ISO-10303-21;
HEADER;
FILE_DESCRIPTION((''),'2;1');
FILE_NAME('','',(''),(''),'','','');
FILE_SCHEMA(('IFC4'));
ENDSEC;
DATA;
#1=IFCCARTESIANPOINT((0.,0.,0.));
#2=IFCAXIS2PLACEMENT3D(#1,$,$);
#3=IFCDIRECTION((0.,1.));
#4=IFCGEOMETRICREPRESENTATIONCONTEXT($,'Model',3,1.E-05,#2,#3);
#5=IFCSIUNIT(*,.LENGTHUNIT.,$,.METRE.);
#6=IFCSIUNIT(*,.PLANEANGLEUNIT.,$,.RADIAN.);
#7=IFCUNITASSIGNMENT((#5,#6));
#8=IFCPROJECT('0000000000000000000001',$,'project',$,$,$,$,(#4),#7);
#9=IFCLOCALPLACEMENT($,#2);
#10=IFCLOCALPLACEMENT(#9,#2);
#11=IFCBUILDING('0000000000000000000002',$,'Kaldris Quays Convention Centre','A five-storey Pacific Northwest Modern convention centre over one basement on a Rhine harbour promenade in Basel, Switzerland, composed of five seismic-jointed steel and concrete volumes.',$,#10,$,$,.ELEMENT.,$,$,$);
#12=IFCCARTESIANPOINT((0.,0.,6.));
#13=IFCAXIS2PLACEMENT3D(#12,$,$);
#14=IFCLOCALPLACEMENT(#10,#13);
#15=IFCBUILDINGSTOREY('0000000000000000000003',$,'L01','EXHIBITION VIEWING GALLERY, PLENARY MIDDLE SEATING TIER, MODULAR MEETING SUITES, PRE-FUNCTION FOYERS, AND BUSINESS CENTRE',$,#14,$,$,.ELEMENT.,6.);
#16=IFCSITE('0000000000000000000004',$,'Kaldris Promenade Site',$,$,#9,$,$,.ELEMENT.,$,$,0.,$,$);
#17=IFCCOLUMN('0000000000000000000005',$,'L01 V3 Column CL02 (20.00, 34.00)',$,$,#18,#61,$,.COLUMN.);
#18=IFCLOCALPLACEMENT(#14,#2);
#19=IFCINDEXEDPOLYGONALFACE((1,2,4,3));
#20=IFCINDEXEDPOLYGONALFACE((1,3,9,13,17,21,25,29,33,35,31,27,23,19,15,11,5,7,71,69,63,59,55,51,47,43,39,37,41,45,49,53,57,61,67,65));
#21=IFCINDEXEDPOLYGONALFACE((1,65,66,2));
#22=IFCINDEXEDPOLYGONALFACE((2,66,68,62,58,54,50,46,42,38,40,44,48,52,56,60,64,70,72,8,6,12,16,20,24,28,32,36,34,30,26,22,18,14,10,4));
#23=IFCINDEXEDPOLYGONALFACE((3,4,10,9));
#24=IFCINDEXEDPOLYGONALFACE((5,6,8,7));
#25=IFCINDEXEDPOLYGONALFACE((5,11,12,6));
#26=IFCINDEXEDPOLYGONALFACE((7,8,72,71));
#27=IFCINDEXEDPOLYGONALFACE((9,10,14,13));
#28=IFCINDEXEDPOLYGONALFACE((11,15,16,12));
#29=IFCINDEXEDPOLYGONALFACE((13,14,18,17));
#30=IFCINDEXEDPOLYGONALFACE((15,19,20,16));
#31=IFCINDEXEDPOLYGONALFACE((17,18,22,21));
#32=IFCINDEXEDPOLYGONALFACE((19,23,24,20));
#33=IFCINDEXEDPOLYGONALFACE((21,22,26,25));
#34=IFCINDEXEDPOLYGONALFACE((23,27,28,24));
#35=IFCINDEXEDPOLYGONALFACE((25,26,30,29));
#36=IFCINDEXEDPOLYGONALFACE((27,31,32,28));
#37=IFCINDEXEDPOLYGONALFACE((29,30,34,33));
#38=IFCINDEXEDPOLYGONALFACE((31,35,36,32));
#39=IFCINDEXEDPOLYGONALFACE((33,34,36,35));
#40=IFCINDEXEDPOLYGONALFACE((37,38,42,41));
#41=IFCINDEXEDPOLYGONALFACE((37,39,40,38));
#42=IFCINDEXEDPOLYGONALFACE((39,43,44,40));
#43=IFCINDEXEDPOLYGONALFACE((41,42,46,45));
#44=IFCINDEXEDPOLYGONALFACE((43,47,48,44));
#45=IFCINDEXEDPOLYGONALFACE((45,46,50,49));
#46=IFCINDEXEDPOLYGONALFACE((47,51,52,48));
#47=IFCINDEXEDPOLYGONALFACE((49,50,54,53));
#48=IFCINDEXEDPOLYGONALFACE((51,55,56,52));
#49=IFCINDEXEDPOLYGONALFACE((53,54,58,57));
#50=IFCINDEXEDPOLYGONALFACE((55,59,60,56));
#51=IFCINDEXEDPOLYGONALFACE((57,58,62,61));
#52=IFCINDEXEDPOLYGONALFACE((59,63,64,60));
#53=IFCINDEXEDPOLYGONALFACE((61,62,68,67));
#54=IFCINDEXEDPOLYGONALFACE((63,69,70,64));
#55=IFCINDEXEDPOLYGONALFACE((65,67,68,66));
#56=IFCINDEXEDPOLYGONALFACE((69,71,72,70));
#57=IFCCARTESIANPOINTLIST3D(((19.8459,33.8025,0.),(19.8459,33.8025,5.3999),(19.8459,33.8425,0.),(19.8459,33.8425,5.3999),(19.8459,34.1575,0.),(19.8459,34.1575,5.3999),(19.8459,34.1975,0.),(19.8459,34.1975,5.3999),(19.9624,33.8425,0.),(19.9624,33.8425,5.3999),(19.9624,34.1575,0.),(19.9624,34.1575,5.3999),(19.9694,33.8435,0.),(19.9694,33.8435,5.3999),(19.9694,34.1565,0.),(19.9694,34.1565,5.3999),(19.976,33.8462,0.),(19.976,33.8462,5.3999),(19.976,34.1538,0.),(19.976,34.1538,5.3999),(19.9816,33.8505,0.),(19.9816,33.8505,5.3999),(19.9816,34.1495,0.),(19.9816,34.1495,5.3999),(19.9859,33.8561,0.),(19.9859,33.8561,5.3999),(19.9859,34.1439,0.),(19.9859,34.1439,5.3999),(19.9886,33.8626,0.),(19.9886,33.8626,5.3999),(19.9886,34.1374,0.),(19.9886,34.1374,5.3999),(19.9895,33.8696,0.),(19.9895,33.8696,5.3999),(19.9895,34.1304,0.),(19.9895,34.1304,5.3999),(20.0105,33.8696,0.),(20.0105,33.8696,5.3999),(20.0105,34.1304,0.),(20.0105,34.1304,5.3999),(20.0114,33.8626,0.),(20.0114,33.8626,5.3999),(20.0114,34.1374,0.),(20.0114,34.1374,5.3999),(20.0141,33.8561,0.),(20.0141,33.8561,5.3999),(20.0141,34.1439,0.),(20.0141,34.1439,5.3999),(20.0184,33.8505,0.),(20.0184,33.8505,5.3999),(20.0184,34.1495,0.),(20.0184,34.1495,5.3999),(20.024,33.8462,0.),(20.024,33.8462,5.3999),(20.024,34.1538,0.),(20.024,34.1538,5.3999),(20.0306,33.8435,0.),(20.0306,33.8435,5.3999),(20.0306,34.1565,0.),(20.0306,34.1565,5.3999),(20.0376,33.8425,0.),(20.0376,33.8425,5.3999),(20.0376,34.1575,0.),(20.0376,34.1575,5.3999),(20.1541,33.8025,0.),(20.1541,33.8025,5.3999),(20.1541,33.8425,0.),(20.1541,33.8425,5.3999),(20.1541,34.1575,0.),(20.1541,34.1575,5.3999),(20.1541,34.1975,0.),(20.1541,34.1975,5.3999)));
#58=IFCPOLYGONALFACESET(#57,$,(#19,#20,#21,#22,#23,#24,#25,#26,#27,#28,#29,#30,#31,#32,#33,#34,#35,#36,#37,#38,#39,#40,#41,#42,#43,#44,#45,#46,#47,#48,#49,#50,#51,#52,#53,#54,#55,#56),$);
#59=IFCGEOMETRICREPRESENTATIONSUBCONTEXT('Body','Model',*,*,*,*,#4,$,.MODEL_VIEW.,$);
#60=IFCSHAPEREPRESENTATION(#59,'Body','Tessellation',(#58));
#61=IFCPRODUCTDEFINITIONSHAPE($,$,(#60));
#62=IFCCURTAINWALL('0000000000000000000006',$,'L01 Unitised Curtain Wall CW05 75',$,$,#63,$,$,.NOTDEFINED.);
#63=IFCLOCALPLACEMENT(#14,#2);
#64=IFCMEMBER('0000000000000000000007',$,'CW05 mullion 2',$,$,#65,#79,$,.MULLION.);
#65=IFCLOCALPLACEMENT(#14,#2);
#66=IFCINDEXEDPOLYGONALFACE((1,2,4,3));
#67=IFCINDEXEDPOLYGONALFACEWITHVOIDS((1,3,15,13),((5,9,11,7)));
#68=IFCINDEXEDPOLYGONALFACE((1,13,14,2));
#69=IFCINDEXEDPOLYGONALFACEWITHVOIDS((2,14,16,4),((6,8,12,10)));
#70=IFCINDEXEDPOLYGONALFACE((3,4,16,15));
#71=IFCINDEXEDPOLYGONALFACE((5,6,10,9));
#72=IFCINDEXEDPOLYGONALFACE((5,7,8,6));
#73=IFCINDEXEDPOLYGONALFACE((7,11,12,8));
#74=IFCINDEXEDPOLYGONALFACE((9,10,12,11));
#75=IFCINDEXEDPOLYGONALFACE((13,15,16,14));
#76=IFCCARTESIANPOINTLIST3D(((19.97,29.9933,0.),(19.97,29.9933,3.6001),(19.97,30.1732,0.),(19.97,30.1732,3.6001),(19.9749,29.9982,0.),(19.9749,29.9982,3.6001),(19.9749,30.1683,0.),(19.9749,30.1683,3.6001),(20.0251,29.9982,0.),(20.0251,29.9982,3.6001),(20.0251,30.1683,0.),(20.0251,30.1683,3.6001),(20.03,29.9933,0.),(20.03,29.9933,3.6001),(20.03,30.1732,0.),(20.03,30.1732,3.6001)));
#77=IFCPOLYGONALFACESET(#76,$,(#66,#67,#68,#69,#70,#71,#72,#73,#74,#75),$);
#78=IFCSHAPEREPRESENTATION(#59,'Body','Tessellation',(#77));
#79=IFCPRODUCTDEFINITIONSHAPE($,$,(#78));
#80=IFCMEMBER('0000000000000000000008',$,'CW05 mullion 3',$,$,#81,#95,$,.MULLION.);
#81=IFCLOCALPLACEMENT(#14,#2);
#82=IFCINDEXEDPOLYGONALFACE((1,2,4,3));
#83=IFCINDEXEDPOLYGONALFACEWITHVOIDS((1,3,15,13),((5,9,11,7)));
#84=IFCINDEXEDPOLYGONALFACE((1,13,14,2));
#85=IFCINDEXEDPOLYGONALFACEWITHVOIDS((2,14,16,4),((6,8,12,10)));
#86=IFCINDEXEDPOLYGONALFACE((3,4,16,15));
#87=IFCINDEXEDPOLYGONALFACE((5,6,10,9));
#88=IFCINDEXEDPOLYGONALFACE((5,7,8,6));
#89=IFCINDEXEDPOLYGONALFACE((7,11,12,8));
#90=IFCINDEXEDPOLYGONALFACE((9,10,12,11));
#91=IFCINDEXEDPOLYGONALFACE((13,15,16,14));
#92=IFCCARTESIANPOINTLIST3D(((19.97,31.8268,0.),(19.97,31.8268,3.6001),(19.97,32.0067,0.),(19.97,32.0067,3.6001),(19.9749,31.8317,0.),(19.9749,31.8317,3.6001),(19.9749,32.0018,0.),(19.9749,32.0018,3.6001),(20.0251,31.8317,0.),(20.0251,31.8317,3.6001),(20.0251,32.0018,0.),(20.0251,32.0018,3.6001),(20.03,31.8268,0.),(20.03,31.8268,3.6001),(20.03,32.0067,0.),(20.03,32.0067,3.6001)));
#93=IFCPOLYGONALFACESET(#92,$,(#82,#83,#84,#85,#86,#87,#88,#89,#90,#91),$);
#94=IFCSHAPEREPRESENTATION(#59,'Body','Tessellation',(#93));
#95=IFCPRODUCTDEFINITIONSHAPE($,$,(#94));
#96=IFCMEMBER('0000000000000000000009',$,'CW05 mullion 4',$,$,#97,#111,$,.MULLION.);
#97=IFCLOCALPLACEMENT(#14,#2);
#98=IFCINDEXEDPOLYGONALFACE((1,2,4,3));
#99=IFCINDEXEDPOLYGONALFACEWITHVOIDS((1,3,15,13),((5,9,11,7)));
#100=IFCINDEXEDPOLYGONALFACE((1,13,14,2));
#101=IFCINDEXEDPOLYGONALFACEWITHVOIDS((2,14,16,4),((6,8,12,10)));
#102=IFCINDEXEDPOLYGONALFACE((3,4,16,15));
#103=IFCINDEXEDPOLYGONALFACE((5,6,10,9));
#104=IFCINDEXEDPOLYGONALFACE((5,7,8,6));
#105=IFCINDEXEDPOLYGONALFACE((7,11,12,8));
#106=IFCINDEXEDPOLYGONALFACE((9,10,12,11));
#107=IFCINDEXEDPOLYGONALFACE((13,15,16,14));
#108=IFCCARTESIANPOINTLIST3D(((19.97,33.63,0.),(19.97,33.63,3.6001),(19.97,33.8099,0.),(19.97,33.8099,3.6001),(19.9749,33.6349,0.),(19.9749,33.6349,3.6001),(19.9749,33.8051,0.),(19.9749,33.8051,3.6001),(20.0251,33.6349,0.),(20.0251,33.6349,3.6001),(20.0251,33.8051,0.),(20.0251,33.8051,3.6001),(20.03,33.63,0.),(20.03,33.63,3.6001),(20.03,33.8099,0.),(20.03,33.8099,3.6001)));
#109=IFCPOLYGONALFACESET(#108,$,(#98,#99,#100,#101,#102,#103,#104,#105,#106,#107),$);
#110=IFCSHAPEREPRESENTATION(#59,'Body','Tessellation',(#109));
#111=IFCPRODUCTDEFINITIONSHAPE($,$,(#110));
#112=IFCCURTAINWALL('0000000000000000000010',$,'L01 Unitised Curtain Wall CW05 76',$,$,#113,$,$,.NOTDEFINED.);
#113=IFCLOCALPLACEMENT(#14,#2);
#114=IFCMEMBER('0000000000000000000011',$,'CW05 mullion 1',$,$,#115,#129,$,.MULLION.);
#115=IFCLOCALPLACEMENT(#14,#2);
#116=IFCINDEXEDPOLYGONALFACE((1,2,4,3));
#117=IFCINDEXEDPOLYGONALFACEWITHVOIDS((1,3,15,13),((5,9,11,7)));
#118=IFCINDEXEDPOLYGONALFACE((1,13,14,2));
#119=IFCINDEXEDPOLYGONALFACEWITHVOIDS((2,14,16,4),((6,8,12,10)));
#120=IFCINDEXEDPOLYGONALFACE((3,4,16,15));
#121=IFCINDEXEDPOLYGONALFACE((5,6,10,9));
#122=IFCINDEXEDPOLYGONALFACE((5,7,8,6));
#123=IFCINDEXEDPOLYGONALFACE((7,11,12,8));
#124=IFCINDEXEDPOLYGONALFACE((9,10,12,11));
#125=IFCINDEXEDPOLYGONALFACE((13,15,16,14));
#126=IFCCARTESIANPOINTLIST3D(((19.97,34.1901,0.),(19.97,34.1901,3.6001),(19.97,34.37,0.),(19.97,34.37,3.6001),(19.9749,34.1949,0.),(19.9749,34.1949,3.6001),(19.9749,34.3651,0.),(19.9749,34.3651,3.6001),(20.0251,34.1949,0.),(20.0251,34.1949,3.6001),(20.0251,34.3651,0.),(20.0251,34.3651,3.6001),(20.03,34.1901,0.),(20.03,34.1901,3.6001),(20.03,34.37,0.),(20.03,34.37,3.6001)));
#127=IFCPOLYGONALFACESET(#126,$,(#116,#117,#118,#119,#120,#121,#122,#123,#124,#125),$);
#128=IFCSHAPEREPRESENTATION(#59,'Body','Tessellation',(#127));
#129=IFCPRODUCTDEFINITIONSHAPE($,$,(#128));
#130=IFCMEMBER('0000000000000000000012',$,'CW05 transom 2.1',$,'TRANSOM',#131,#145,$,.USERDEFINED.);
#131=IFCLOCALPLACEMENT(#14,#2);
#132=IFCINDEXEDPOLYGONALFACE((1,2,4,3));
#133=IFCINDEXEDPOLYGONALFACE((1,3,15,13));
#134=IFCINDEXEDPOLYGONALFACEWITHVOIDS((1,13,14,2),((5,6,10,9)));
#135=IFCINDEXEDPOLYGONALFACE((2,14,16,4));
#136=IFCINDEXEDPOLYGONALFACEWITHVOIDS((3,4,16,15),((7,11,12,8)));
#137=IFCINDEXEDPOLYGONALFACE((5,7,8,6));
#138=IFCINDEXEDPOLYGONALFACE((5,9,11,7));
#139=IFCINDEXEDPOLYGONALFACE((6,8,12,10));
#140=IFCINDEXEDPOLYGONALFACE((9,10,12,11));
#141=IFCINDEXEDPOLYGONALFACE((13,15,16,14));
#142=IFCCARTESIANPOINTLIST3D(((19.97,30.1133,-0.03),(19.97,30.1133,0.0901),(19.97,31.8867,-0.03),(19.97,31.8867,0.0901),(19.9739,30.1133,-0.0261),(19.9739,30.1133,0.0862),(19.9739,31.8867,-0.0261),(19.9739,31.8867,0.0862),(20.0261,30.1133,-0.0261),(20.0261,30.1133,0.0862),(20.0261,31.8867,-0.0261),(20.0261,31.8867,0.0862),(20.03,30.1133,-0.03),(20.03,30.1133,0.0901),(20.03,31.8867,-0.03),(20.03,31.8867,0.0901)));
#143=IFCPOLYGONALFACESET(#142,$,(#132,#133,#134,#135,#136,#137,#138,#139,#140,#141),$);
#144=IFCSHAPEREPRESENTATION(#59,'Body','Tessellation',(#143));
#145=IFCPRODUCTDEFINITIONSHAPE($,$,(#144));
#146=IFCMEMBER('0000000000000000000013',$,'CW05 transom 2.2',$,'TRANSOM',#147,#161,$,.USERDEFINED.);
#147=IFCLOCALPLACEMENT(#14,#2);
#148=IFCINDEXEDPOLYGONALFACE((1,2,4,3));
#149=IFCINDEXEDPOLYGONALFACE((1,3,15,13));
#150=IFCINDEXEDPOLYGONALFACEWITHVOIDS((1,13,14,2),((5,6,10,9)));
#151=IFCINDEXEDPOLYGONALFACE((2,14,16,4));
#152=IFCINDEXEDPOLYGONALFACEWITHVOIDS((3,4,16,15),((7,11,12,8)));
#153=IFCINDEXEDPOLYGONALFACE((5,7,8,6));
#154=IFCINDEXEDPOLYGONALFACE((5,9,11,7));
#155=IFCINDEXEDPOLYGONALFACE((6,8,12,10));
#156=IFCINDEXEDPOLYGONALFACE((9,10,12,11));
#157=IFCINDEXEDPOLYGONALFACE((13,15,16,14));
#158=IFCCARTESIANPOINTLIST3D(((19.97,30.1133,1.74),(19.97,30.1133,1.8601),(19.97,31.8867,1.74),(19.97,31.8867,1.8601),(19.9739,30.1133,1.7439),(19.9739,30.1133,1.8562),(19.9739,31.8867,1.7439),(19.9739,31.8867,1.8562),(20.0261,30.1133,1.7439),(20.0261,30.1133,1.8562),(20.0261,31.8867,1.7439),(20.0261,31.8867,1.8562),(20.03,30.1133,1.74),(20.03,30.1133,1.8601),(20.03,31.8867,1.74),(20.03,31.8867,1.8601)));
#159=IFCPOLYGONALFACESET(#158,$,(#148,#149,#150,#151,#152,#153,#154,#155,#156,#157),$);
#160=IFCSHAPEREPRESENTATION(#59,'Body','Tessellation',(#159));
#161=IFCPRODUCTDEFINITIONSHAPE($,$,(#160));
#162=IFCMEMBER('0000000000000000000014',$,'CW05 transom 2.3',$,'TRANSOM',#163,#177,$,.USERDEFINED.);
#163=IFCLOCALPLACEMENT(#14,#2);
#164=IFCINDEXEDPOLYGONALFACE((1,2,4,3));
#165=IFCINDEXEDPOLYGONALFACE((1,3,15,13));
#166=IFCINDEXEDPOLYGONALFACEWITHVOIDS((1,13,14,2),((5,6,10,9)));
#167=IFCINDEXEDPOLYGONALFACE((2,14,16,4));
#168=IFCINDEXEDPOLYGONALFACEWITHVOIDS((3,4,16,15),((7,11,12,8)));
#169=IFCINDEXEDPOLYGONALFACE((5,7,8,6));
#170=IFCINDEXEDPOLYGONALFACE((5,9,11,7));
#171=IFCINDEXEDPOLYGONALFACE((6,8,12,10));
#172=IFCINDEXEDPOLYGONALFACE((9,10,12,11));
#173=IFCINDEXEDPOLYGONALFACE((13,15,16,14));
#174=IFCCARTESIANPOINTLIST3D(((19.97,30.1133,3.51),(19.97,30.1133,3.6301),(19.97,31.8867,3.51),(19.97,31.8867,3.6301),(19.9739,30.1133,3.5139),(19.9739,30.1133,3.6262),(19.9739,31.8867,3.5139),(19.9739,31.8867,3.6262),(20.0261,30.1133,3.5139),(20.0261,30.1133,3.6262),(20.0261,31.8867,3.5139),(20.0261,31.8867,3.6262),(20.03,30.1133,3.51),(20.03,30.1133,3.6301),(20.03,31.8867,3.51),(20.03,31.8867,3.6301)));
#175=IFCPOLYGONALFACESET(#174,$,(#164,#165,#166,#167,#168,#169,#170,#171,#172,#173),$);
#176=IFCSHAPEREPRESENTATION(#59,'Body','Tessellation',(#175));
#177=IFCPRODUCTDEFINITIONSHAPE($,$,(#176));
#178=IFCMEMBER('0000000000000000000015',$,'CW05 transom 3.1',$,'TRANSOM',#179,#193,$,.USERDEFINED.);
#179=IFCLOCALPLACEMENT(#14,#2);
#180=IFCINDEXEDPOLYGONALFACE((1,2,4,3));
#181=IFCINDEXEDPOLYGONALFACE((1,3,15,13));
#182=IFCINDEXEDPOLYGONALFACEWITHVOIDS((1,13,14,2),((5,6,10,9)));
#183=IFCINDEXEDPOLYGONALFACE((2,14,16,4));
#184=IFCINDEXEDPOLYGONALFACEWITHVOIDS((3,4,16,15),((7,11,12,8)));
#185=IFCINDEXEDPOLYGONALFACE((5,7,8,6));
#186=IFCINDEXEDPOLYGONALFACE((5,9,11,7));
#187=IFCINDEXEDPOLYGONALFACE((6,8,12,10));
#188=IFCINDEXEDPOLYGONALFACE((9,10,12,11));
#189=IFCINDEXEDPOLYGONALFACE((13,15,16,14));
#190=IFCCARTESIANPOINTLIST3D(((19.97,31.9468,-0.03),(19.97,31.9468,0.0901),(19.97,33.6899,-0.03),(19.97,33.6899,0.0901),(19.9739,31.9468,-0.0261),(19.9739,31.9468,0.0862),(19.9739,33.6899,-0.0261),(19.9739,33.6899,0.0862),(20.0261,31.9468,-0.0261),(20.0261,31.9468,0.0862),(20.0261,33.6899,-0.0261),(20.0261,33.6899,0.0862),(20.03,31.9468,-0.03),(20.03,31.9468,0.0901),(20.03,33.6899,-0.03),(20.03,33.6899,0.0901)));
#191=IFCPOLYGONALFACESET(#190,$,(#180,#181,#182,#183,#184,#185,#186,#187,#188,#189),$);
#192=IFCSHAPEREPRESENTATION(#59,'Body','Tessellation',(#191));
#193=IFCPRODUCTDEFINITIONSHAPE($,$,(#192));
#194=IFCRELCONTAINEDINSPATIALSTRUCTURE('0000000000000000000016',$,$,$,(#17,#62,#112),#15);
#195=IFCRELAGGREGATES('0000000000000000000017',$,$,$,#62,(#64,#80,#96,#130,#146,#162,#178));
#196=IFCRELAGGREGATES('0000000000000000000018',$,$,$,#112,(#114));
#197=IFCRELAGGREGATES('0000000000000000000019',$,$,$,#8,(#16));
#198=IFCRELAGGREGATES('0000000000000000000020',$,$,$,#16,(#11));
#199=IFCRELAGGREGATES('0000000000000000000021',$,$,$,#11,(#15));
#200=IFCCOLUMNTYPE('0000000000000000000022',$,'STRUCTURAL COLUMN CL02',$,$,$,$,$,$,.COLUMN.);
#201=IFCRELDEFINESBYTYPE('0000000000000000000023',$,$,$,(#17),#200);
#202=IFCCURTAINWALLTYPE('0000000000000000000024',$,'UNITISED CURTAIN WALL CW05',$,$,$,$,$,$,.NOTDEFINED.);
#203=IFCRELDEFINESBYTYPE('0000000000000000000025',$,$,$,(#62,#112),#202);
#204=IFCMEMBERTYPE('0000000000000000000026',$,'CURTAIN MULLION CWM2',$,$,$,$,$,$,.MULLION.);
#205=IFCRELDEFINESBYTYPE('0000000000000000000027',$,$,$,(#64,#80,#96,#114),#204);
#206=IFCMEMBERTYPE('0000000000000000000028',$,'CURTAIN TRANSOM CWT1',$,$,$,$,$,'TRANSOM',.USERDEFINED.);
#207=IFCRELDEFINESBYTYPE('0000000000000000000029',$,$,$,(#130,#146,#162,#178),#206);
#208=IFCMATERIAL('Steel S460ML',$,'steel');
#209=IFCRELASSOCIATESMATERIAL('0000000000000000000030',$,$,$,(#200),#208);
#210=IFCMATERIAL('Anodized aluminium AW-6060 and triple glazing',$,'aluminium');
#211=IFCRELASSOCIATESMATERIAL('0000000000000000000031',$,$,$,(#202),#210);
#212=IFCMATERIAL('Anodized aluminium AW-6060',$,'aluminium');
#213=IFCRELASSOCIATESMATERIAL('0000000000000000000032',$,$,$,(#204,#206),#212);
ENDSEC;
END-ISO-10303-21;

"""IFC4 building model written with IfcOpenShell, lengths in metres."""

from ifc_helpers import new_model, si_unit, direction, frame, origin, origin_2d, place, context, subcontext, project, spatial, hollow_rectangle, i_section, extrude, material, material_profile, profile_set, type_object, element, aggregate, save


model = new_model("IFC4")

# Units and contexts
model_context = context("Model", 3, precision=1e-05, world=origin(), true_north=direction((0.0, 1.0)))
body_context = subcontext(model_context, "Body", "Model", "MODEL_VIEW")
ifc_project = project(units=[si_unit("LENGTHUNIT", "METRE"), si_unit("PLANEANGLEUNIT", "RADIAN")], contexts=[model_context])

# Site, building, storey
site_placement = place(None, origin())
site = spatial("IfcSite", under=ifc_project, at=site_placement, Name="Kaldris Promenade Site", CompositionType="ELEMENT", RefElevation=0.0)
building_placement = place(site_placement, origin())
building = spatial("IfcBuilding", under=site, at=building_placement, Name="Kaldris Quays Convention Centre", Description="A five-storey Pacific Northwest Modern convention centre over one basement on a Rhine harbour promenade in Basel, Switzerland, composed of five seismic-jointed steel and concrete volumes.", CompositionType="ELEMENT")
storey_placement = place(building_placement, frame((0.0, 0.0, 6.0)))
storey = spatial("IfcBuildingStorey", under=building, at=storey_placement, Name="L01", Description="EXHIBITION VIEWING GALLERY, PLENARY MIDDLE SEATING TIER, MODULAR MEETING SUITES, PRE-FUNCTION FOYERS, AND BUSINESS CENTRE", CompositionType="ELEMENT", Elevation=6.0)

# Column
ifc_material_1 = material(Name="Steel S460ML", Category="steel")
ifc_material_profile_1 = material_profile(ifc_material_1, i_section(OverallWidth=0.3081, OverallDepth=0.395, WebThickness=0.021, FlangeThickness=0.04, FilletRadius=0.0271, at=origin_2d()), Name="HEM 360")
ifc_profile_set_1 = profile_set([ifc_material_profile_1], Name="Steel S460ML")
column_type = type_object("IfcColumnType", Name="STRUCTURAL COLUMN CL02", PredefinedType="COLUMN", material=ifc_profile_set_1)
column_placement = place(storey_placement, frame((20.0, 34.0, 0.0), z_axis=(0.0, 0.0, 1.0), x_axis=(1.0, 0.0, 0.0)))
element("IfcColumn", 1, at=column_placement, inside=storey, type_object=column_type, Name="L01 V3 Column CL02 (20.00, 34.00)", PredefinedType="COLUMN", context=body_context, shape_type="SweptSolid", body=[
    extrude(i_section(OverallWidth=0.3081, OverallDepth=0.395, WebThickness=0.021, FlangeThickness=0.04, FilletRadius=0.0271, at=origin_2d()), origin(), (0.0, 0.0, 1.0), 5.3999),
])

# Curtain wall, members
ifc_material_2 = material(Name="Anodized aluminium AW-6060 and triple glazing", Category="aluminium")
curtain_wall_type = type_object("IfcCurtainWallType", Name="UNITISED CURTAIN WALL CW05", PredefinedType="NOTDEFINED", material=ifc_material_2)
curtain_wall_1_placement = place(storey_placement, origin())
curtain_wall_1 = element("IfcCurtainWall", 2, at=curtain_wall_1_placement, inside=storey, type_object=curtain_wall_type, Name="L01 Unitised Curtain Wall CW05 75", PredefinedType="NOTDEFINED")
ifc_material_3 = material(Name="Anodized aluminium AW-6060", Category="aluminium")
ifc_material_profile_2 = material_profile(ifc_material_3, hollow_rectangle(XDim=0.0601, YDim=0.1799, WallThickness=0.0049, at=origin_2d()), Name="RHS 180x60x5")
ifc_profile_set_2 = profile_set([ifc_material_profile_2], Name="Anodized aluminium AW-6060")
member_type_1 = type_object("IfcMemberType", Name="CURTAIN MULLION CWM2", PredefinedType="MULLION", material=ifc_profile_set_2)
member_1_placement = place(storey_placement, frame((20.0, 30.0833, 0.0), z_axis=(0.0, 0.0, 1.0), x_axis=(-1.0, 0.0, 0.0)))
member_1 = element("IfcMember", 3, at=member_1_placement, type_object=member_type_1, Name="CW05 mullion 2", PredefinedType="MULLION", context=body_context, shape_type="SweptSolid", body=[
    extrude(hollow_rectangle(XDim=0.0601, YDim=0.1799, WallThickness=0.0049, at=origin_2d()), origin(), (0.0, 0.0, 1.0), 3.6001),
])
member_2_placement = place(storey_placement, frame((20.0, 31.9167, 0.0), z_axis=(0.0, 0.0, 1.0), x_axis=(-1.0, 0.0, 0.0)))
member_2 = element("IfcMember", 4, at=member_2_placement, type_object=member_type_1, Name="CW05 mullion 3", PredefinedType="MULLION", context=body_context, shape_type="SweptSolid", body=[
    extrude(hollow_rectangle(XDim=0.0601, YDim=0.1799, WallThickness=0.0049, at=origin_2d()), origin(), (0.0, 0.0, 1.0), 3.6001),
])
member_3_placement = place(storey_placement, frame((20.0, 33.72, 0.0), z_axis=(0.0, 0.0, 1.0), x_axis=(-1.0, 0.0, 0.0)))
member_3 = element("IfcMember", 5, at=member_3_placement, type_object=member_type_1, Name="CW05 mullion 4", PredefinedType="MULLION", context=body_context, shape_type="SweptSolid", body=[
    extrude(hollow_rectangle(XDim=0.0601, YDim=0.1799, WallThickness=0.0049, at=origin_2d()), origin(), (0.0, 0.0, 1.0), 3.6001),
])

# Curtain wall, member
curtain_wall_2_placement = place(storey_placement, origin())
curtain_wall_2 = element("IfcCurtainWall", 6, at=curtain_wall_2_placement, inside=storey, type_object=curtain_wall_type, Name="L01 Unitised Curtain Wall CW05 76", PredefinedType="NOTDEFINED")
member_4_placement = place(storey_placement, frame((20.0, 34.28, 0.0), z_axis=(0.0, 0.0, 1.0), x_axis=(-1.0, 0.0, 0.0)))
member_4 = element("IfcMember", 7, at=member_4_placement, type_object=member_type_1, Name="CW05 mullion 1", PredefinedType="MULLION", context=body_context, shape_type="SweptSolid", body=[
    extrude(hollow_rectangle(XDim=0.0601, YDim=0.1799, WallThickness=0.0049, at=origin_2d()), origin(), (0.0, 0.0, 1.0), 3.6001),
])

# Members
ifc_material_profile_3 = material_profile(ifc_material_3, hollow_rectangle(XDim=0.0601, YDim=0.1201, WallThickness=0.0039, at=origin_2d()), Name="RHS 120x60x4")
ifc_profile_set_3 = profile_set([ifc_material_profile_3], Name="Anodized aluminium AW-6060")
member_type_2 = type_object("IfcMemberType", Name="CURTAIN TRANSOM CWT1", ElementType="TRANSOM", PredefinedType="USERDEFINED", material=ifc_profile_set_3)
member_5_placement = place(storey_placement, frame((20.0, 30.1133, 0.03), z_axis=(0.0, 1.0, 0.0), x_axis=(-1.0, 0.0, 0.0)))
member_5 = element("IfcMember", 8, at=member_5_placement, type_object=member_type_2, Name="CW05 transom 2.1", ObjectType="TRANSOM", PredefinedType="USERDEFINED", context=body_context, shape_type="SweptSolid", body=[
    extrude(hollow_rectangle(XDim=0.0601, YDim=0.1201, WallThickness=0.0039, at=origin_2d()), origin(), (0.0, 0.0, 1.0), 1.7734),
])
member_6_placement = place(storey_placement, frame((20.0, 30.1133, 1.8), z_axis=(0.0, 1.0, 0.0), x_axis=(-1.0, 0.0, 0.0)))
member_6 = element("IfcMember", 9, at=member_6_placement, type_object=member_type_2, Name="CW05 transom 2.2", ObjectType="TRANSOM", PredefinedType="USERDEFINED", context=body_context, shape_type="SweptSolid", body=[
    extrude(hollow_rectangle(XDim=0.0601, YDim=0.1201, WallThickness=0.0039, at=origin_2d()), origin(), (0.0, 0.0, 1.0), 1.7734),
])
member_7_placement = place(storey_placement, frame((20.0, 30.1133, 3.5701), z_axis=(0.0, 1.0, 0.0), x_axis=(-1.0, 0.0, 0.0)))
member_7 = element("IfcMember", 10, at=member_7_placement, type_object=member_type_2, Name="CW05 transom 2.3", ObjectType="TRANSOM", PredefinedType="USERDEFINED", context=body_context, shape_type="SweptSolid", body=[
    extrude(hollow_rectangle(XDim=0.0601, YDim=0.1201, WallThickness=0.0039, at=origin_2d()), origin(), (0.0, 0.0, 1.0), 1.7734),
])
member_8_placement = place(storey_placement, frame((20.0, 31.9468, 0.03), z_axis=(0.0, 1.0, 0.0), x_axis=(-1.0, 0.0, 0.0)))
member_8 = element("IfcMember", 11, at=member_8_placement, type_object=member_type_2, Name="CW05 transom 3.1", ObjectType="TRANSOM", PredefinedType="USERDEFINED", context=body_context, shape_type="SweptSolid", body=[
    extrude(hollow_rectangle(XDim=0.0601, YDim=0.1201, WallThickness=0.0039, at=origin_2d()), origin(), (0.0, 0.0, 1.0), 1.7432),
])

aggregate(curtain_wall_1, [member_1, member_2, member_3, member_5, member_6, member_7, member_8])
aggregate(curtain_wall_2, [member_4])

save(model, "model.ifc")
